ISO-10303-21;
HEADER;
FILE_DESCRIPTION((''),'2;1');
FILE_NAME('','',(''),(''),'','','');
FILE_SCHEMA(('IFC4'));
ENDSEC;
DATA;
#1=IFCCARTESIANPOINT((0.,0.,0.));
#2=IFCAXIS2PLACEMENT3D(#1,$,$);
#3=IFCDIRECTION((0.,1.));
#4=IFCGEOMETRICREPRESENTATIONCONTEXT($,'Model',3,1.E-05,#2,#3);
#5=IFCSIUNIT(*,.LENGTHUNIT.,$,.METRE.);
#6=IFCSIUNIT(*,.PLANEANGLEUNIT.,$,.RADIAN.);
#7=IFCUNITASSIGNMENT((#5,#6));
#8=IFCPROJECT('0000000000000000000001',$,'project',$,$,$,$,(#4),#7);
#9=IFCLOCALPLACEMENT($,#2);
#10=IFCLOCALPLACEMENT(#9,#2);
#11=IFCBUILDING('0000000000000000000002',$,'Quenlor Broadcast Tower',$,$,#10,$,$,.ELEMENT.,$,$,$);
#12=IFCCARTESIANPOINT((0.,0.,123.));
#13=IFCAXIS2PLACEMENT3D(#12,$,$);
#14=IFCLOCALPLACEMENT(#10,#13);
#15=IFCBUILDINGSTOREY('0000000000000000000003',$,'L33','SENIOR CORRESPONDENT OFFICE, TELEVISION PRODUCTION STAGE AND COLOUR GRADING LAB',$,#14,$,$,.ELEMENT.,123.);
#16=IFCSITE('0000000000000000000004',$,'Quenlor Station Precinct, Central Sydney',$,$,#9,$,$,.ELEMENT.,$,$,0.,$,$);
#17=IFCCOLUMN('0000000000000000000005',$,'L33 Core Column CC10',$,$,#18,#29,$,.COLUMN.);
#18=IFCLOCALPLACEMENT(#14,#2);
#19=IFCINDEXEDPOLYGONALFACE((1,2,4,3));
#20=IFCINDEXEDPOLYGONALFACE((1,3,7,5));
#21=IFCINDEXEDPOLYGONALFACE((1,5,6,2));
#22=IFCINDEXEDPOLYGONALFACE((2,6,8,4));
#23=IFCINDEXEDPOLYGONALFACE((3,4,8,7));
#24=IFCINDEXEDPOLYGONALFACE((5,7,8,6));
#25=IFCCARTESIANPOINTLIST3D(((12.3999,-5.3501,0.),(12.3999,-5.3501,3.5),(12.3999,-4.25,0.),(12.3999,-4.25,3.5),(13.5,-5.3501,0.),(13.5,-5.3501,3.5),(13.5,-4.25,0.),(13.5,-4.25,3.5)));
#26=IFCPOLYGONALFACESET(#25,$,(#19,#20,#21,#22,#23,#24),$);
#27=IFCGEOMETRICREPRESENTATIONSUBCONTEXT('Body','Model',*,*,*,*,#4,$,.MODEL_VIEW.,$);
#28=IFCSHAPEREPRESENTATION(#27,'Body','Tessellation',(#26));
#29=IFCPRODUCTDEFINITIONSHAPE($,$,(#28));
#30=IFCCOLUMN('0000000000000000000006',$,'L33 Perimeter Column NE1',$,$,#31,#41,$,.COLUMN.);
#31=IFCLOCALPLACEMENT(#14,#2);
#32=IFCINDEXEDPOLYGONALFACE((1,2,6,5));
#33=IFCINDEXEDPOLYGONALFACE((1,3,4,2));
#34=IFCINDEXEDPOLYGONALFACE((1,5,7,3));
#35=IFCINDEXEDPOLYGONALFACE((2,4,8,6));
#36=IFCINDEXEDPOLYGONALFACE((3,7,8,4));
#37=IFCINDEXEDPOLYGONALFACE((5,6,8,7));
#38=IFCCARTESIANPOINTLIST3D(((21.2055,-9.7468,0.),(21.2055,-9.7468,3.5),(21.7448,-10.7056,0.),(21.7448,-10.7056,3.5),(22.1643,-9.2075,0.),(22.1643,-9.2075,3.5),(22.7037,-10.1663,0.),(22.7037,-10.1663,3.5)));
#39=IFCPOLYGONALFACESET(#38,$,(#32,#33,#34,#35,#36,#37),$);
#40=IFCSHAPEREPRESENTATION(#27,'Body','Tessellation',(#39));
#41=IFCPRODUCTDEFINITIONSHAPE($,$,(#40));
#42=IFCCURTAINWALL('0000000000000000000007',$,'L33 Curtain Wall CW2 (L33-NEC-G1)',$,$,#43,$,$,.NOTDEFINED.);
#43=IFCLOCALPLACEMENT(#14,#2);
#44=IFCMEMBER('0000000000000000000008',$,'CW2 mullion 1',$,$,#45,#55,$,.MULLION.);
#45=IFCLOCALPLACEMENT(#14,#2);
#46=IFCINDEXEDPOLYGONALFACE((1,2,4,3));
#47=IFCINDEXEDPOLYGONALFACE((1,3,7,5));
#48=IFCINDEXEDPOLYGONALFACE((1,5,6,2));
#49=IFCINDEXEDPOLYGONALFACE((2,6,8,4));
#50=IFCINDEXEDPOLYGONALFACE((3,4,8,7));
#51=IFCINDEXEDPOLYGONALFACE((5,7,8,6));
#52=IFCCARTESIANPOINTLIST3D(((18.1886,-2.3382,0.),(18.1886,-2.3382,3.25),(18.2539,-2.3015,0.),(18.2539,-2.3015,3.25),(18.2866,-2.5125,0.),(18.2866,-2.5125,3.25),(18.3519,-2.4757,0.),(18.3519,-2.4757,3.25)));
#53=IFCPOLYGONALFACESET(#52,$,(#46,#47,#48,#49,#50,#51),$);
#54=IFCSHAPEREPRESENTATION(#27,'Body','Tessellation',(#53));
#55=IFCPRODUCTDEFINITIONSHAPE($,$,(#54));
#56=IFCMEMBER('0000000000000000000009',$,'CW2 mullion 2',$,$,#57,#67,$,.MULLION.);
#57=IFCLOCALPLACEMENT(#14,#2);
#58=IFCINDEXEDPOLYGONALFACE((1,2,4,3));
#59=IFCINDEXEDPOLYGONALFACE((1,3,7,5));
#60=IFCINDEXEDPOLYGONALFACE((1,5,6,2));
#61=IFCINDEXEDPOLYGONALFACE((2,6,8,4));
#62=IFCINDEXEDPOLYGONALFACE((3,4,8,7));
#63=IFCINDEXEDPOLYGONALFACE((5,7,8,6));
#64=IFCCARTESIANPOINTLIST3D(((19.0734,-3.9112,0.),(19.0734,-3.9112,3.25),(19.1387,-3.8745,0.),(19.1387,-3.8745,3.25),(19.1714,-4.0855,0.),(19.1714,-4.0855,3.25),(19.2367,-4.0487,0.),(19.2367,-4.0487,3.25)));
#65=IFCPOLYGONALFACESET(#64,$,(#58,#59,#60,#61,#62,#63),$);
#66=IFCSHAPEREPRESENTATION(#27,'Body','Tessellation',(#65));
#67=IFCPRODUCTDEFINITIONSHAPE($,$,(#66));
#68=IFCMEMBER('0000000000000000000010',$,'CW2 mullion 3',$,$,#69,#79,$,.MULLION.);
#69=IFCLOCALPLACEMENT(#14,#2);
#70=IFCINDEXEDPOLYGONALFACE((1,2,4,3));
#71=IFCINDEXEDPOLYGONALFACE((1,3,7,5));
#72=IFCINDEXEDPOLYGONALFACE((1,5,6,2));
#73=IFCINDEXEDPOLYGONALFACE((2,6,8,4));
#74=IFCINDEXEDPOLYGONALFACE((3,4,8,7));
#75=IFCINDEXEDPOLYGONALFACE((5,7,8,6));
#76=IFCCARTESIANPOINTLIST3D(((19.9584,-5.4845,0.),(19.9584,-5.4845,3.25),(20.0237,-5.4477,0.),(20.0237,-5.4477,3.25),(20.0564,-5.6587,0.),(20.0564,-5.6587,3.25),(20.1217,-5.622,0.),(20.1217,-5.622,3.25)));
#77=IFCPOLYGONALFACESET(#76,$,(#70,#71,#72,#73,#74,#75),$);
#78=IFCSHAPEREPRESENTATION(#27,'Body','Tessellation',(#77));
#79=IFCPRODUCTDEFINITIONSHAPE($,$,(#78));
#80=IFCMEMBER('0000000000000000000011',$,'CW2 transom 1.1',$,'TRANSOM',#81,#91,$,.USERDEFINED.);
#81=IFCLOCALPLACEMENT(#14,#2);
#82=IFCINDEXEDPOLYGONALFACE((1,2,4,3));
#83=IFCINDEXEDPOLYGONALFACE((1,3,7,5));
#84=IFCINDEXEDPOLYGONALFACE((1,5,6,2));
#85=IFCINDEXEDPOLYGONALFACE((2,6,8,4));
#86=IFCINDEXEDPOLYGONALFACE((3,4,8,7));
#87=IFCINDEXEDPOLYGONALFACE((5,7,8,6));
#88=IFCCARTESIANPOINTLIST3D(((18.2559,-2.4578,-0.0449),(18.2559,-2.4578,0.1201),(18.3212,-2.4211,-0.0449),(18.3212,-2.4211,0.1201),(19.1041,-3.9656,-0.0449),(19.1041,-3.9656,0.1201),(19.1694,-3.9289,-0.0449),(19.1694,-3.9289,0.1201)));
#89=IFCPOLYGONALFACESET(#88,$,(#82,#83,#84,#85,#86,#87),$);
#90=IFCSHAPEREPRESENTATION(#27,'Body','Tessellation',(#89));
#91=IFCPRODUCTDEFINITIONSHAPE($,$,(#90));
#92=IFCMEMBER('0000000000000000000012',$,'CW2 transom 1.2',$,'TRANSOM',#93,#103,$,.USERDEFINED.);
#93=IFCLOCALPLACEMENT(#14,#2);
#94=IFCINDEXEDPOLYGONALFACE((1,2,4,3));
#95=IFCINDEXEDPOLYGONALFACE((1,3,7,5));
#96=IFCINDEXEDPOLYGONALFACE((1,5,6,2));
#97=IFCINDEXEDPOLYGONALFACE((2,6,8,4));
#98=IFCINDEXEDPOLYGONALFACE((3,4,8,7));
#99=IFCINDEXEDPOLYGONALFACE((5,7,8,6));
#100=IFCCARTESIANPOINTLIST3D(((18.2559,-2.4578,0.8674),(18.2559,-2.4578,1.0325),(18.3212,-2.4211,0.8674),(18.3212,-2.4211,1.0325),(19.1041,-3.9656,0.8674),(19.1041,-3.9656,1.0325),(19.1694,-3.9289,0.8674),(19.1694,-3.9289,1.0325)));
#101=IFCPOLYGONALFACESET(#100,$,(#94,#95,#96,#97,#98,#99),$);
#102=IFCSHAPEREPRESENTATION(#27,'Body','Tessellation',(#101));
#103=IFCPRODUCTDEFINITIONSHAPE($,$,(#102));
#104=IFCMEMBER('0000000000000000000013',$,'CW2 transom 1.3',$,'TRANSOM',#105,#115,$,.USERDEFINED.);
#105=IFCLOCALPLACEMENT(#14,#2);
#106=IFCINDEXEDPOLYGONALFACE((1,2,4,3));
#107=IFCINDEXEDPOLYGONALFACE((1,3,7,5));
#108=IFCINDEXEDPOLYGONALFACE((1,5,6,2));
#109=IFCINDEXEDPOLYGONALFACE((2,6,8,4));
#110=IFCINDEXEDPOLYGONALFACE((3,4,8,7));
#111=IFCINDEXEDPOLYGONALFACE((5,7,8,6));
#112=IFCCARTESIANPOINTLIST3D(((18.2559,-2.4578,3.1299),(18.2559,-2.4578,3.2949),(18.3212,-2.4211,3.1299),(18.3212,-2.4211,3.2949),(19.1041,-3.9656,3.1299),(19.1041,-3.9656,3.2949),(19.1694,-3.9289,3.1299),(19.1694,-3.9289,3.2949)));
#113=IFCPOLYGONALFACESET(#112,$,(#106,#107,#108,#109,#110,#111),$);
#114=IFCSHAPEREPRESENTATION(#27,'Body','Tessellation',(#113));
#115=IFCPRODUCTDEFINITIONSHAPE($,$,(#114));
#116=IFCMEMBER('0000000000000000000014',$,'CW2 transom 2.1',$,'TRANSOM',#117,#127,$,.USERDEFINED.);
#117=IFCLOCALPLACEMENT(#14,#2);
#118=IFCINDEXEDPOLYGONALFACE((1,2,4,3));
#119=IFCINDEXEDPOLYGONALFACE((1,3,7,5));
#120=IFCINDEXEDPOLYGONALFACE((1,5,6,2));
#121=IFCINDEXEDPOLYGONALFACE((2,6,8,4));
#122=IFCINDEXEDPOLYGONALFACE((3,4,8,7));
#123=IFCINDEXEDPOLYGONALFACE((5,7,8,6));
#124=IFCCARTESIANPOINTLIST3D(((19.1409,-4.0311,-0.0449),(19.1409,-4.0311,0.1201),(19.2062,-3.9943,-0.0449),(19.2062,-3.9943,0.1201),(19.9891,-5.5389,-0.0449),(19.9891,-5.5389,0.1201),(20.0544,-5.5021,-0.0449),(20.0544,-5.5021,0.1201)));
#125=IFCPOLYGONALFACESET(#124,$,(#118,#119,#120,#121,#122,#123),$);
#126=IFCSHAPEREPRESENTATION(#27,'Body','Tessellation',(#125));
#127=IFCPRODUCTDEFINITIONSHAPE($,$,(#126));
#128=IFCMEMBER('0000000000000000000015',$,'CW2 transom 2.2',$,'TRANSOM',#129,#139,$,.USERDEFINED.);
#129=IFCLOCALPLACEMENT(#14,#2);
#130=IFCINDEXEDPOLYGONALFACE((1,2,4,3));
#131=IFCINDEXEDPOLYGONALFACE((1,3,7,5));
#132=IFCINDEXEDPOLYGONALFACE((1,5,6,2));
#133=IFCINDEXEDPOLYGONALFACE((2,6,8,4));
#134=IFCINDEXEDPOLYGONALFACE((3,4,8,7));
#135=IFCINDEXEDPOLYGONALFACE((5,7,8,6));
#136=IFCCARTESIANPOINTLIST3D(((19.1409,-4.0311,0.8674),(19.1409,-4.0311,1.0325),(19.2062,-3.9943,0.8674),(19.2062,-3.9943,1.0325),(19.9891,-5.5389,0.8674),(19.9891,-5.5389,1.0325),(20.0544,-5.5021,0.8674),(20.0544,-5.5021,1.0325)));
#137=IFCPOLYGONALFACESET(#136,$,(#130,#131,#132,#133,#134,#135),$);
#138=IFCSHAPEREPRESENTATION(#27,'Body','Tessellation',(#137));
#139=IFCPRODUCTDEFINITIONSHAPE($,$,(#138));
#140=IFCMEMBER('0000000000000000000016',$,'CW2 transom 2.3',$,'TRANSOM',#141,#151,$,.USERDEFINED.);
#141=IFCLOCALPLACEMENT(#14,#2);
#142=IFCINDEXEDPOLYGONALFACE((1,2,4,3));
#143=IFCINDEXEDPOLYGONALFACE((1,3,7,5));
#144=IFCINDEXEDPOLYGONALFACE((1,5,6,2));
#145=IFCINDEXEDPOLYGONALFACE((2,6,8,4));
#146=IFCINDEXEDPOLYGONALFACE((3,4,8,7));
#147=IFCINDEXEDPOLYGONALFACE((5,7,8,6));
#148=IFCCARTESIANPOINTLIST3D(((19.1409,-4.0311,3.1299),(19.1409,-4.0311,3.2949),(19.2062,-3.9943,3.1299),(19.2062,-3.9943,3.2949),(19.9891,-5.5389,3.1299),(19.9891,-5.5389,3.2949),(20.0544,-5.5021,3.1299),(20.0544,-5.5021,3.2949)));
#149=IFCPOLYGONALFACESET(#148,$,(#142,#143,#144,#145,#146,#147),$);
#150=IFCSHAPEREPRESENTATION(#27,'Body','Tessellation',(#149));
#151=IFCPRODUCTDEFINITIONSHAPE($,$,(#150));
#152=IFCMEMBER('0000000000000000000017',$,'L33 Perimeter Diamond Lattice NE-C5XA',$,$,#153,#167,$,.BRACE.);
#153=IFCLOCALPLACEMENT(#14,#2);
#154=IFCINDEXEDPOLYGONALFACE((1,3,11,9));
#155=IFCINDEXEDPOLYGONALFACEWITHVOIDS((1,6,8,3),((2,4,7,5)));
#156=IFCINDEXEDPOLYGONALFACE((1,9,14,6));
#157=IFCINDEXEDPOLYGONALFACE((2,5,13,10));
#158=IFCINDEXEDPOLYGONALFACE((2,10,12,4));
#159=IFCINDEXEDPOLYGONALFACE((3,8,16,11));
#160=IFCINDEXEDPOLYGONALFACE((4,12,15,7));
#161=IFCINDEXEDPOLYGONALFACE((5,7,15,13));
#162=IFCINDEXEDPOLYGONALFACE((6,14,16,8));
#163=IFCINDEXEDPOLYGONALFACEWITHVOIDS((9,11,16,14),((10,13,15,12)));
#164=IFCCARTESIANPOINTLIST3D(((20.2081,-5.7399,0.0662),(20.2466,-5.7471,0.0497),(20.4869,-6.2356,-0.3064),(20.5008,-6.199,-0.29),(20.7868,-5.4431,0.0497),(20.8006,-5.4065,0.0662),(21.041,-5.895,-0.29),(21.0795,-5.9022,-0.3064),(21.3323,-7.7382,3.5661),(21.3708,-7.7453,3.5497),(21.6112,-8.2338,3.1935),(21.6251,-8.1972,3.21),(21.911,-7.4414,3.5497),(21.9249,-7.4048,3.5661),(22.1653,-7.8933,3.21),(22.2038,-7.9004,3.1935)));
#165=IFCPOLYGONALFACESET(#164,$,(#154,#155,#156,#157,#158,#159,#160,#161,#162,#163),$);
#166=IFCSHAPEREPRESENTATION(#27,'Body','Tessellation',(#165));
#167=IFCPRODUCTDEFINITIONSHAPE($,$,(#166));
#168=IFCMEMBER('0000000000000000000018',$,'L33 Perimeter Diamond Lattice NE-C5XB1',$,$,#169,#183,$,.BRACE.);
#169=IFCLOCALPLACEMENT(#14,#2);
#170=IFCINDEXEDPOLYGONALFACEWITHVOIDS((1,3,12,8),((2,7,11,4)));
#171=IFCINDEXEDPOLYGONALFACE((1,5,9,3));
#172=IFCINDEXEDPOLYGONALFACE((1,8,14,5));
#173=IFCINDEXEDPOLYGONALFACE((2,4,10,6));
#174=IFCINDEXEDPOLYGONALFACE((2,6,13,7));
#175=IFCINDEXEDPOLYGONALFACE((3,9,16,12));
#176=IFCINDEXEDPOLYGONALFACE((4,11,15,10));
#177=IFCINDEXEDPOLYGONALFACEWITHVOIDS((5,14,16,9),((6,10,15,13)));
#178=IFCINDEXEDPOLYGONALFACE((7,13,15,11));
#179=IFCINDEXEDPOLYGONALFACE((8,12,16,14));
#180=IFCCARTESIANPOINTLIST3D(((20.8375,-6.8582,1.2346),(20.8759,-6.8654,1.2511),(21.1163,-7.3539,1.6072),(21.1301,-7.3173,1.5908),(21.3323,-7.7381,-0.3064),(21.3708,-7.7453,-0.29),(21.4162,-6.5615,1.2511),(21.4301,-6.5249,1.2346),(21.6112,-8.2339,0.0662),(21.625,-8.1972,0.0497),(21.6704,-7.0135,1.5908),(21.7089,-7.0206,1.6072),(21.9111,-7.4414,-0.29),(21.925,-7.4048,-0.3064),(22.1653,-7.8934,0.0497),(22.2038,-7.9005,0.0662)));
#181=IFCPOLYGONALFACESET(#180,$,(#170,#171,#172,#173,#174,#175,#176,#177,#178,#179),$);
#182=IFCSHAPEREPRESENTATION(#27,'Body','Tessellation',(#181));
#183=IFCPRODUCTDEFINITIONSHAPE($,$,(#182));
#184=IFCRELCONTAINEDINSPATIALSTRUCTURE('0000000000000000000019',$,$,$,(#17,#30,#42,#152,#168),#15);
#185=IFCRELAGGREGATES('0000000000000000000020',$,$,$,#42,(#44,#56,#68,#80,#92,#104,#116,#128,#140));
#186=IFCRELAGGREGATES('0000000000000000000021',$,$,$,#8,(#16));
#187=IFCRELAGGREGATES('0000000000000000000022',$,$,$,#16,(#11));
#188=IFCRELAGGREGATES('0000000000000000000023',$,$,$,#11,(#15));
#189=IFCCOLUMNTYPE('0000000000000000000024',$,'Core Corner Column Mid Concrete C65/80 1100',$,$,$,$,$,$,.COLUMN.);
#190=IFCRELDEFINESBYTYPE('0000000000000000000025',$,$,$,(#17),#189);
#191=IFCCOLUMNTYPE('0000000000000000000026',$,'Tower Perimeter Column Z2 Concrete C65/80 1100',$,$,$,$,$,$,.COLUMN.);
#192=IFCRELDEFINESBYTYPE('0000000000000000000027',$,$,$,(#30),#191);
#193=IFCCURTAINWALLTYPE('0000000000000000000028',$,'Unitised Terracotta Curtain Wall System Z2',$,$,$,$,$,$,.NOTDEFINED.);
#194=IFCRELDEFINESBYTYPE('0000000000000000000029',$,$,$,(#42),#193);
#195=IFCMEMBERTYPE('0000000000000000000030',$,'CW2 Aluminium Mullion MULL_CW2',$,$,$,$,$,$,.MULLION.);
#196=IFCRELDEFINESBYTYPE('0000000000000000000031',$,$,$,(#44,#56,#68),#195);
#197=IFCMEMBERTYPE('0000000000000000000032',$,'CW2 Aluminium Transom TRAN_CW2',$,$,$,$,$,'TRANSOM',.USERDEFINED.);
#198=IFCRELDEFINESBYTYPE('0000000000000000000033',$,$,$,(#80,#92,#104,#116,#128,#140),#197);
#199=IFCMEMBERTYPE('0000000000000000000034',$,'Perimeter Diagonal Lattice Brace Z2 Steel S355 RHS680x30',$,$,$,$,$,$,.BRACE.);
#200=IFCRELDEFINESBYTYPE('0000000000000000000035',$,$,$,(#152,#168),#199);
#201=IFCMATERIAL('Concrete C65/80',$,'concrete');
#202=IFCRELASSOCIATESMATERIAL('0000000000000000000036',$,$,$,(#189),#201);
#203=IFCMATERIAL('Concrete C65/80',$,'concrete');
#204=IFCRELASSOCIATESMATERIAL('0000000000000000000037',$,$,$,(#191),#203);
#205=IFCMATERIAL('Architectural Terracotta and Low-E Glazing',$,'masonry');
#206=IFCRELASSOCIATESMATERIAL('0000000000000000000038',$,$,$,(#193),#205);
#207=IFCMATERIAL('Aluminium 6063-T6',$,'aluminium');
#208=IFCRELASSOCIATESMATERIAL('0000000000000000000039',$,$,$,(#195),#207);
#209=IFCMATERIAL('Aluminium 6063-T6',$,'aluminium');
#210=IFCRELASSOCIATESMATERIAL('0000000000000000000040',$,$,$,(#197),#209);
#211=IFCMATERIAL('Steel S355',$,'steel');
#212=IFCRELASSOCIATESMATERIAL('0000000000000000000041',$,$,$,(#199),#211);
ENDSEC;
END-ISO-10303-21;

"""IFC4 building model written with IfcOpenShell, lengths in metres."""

from ifc_helpers import new_model, si_unit, direction, frame, origin, origin_2d, place, context, subcontext, project, spatial, rectangle, hollow_rectangle, extrude, material, material_profile, profile_set, type_object, element, aggregate, save


model = new_model("IFC4")

# Units and contexts
model_context = context("Model", 3, precision=1e-05, world=origin(), true_north=direction((0.0, 1.0)))
body_context = subcontext(model_context, "Body", "Model", "MODEL_VIEW")
ifc_project = project(units=[si_unit("LENGTHUNIT", "METRE"), si_unit("PLANEANGLEUNIT", "RADIAN")], contexts=[model_context])

# Site, building, storey
site_placement = place(None, origin())
site = spatial("IfcSite", under=ifc_project, at=site_placement, Name="Quenlor Station Precinct, Central Sydney", CompositionType="ELEMENT", RefElevation=0.0)
building_placement = place(site_placement, origin())
building = spatial("IfcBuilding", under=site, at=building_placement, Name="Quenlor Broadcast Tower", CompositionType="ELEMENT")
storey_placement = place(building_placement, frame((0.0, 0.0, 123.0)))
storey = spatial("IfcBuildingStorey", under=building, at=storey_placement, Name="L33", Description="SENIOR CORRESPONDENT OFFICE, TELEVISION PRODUCTION STAGE AND COLOUR GRADING LAB", CompositionType="ELEMENT", Elevation=123.0)

# Columns
ifc_material_1 = material(Name="Concrete C65/80", Category="concrete")
ifc_material_profile_1 = material_profile(ifc_material_1, rectangle(XDim=1.1001, YDim=1.1001, at=origin_2d()))
ifc_profile_set_1 = profile_set([ifc_material_profile_1], Name="Concrete C65/80 RC1100x1100")
column_type_1 = type_object("IfcColumnType", Name="Core Corner Column Mid Concrete C65/80 1100", PredefinedType="COLUMN", material=ifc_profile_set_1)
column_1_placement = place(storey_placement, frame((12.95, -4.8, 0.0), z_axis=(0.0, 0.0, 1.0), x_axis=(1.0, 0.0, 0.0)))
element("IfcColumn", 1, at=column_1_placement, inside=storey, type_object=column_type_1, Name="L33 Core Column CC10", PredefinedType="COLUMN", context=body_context, shape_type="SweptSolid", body=[
    extrude(rectangle(XDim=1.1001, YDim=1.1001, at=origin_2d()), origin(), (0.0, 0.0, 1.0), 3.5),
])
ifc_material_2 = material(Name="Concrete C65/80", Category="concrete")
ifc_material_profile_2 = material_profile(ifc_material_2, rectangle(XDim=1.1001, YDim=1.1001, at=origin_2d()))
ifc_profile_set_2 = profile_set([ifc_material_profile_2], Name="Concrete C65/80 RC1100x1100")
column_type_2 = type_object("IfcColumnType", Name="Tower Perimeter Column Z2 Concrete C65/80 1100", PredefinedType="COLUMN", material=ifc_profile_set_2)
column_2_placement = place(storey_placement, frame((21.9546, -9.9565, 0.0), z_axis=(0.0, 0.0, 1.0), x_axis=(0.871575, 0.490262, 0.0)))
element("IfcColumn", 2, at=column_2_placement, inside=storey, type_object=column_type_2, Name="L33 Perimeter Column NE1", PredefinedType="COLUMN", context=body_context, shape_type="SweptSolid", body=[
    extrude(rectangle(XDim=1.1001, YDim=1.1001, at=origin_2d()), origin(), (0.0, 0.0, 1.0), 3.5),
])

# Curtain wall, members
ifc_material_3 = material(Name="Architectural Terracotta and Low-E Glazing", Category="masonry")
curtain_wall_type = type_object("IfcCurtainWallType", Name="Unitised Terracotta Curtain Wall System Z2", PredefinedType="NOTDEFINED", material=ifc_material_3)
curtain_wall_placement = place(storey_placement, origin())
curtain_wall = element("IfcCurtainWall", 3, at=curtain_wall_placement, inside=storey, type_object=curtain_wall_type, Name="L33 Curtain Wall CW2 (L33-NEC-G1)", PredefinedType="NOTDEFINED")
ifc_material_4 = material(Name="Aluminium 6063-T6", Category="aluminium")
ifc_material_profile_3 = material_profile(ifc_material_4, rectangle(XDim=0.075, YDim=0.2, at=origin_2d()))
ifc_profile_set_3 = profile_set([ifc_material_profile_3], Name="Aluminium 6063-T6 MULL75x200")
member_type_1 = type_object("IfcMemberType", Name="CW2 Aluminium Mullion MULL_CW2", PredefinedType="MULLION", material=ifc_profile_set_3)
member_1_placement = place(storey_placement, frame((18.2703, -2.407, 0.0), z_axis=(0.0, 0.0, 1.0), x_axis=(0.871567, 0.490277, 0.0)))
member_1 = element("IfcMember", 4, at=member_1_placement, type_object=member_type_1, Name="CW2 mullion 1", PredefinedType="MULLION", context=body_context, shape_type="SweptSolid", body=[
    extrude(rectangle(XDim=0.075, YDim=0.2, at=origin_2d()), origin(), (0.0, 0.0, 1.0), 3.25),
])
member_2_placement = place(storey_placement, frame((19.155, -3.98, 0.0), z_axis=(0.0, 0.0, 1.0), x_axis=(0.871567, 0.490277, 0.0)))
member_2 = element("IfcMember", 5, at=member_2_placement, type_object=member_type_1, Name="CW2 mullion 2", PredefinedType="MULLION", context=body_context, shape_type="SweptSolid", body=[
    extrude(rectangle(XDim=0.075, YDim=0.2, at=origin_2d()), origin(), (0.0, 0.0, 1.0), 3.25),
])
member_3_placement = place(storey_placement, frame((20.04, -5.5532, 0.0), z_axis=(0.0, 0.0, 1.0), x_axis=(0.871567, 0.490277, 0.0)))
member_3 = element("IfcMember", 6, at=member_3_placement, type_object=member_type_1, Name="CW2 mullion 3", PredefinedType="MULLION", context=body_context, shape_type="SweptSolid", body=[
    extrude(rectangle(XDim=0.075, YDim=0.2, at=origin_2d()), origin(), (0.0, 0.0, 1.0), 3.25),
])
ifc_material_5 = material(Name="Aluminium 6063-T6", Category="aluminium")
ifc_material_profile_4 = material_profile(ifc_material_5, rectangle(XDim=0.075, YDim=0.165, at=origin_2d()))
ifc_profile_set_4 = profile_set([ifc_material_profile_4], Name="Aluminium 6063-T6 TRAN75x165")
member_type_2 = type_object("IfcMemberType", Name="CW2 Aluminium Transom TRAN_CW2", ElementType="TRANSOM", PredefinedType="USERDEFINED", material=ifc_profile_set_4)
member_4_placement = place(storey_placement, frame((18.2886, -2.4395, 0.0376), z_axis=(0.490261, -0.871576, 0.0), x_axis=(0.871576, 0.490261, 0.0)))
member_4 = element("IfcMember", 7, at=member_4_placement, type_object=member_type_2, Name="CW2 transom 1.1", ObjectType="TRANSOM", PredefinedType="USERDEFINED", context=body_context, shape_type="SweptSolid", body=[
    extrude(rectangle(XDim=0.075, YDim=0.165, at=origin_2d()), origin(), (0.0, 0.0, 1.0), 1.73),
])
member_5_placement = place(storey_placement, frame((18.2886, -2.4395, 0.95), z_axis=(0.490261, -0.871576, 0.0), x_axis=(0.871576, 0.490261, 0.0)))
member_5 = element("IfcMember", 8, at=member_5_placement, type_object=member_type_2, Name="CW2 transom 1.2", ObjectType="TRANSOM", PredefinedType="USERDEFINED", context=body_context, shape_type="SweptSolid", body=[
    extrude(rectangle(XDim=0.075, YDim=0.165, at=origin_2d()), origin(), (0.0, 0.0, 1.0), 1.73),
])
member_6_placement = place(storey_placement, frame((18.2886, -2.4395, 3.2124), z_axis=(0.490261, -0.871576, 0.0), x_axis=(0.871576, 0.490261, 0.0)))
member_6 = element("IfcMember", 9, at=member_6_placement, type_object=member_type_2, Name="CW2 transom 1.3", ObjectType="TRANSOM", PredefinedType="USERDEFINED", context=body_context, shape_type="SweptSolid", body=[
    extrude(rectangle(XDim=0.075, YDim=0.165, at=origin_2d()), origin(), (0.0, 0.0, 1.0), 1.73),
])
member_7_placement = place(storey_placement, frame((19.1736, -4.0127, 0.0376), z_axis=(0.490261, -0.871576, 0.0), x_axis=(0.871576, 0.490261, 0.0)))
member_7 = element("IfcMember", 10, at=member_7_placement, type_object=member_type_2, Name="CW2 transom 2.1", ObjectType="TRANSOM", PredefinedType="USERDEFINED", context=body_context, shape_type="SweptSolid", body=[
    extrude(rectangle(XDim=0.075, YDim=0.165, at=origin_2d()), origin(), (0.0, 0.0, 1.0), 1.73),
])
member_8_placement = place(storey_placement, frame((19.1736, -4.0127, 0.95), z_axis=(0.490261, -0.871576, 0.0), x_axis=(0.871576, 0.490261, 0.0)))
member_8 = element("IfcMember", 11, at=member_8_placement, type_object=member_type_2, Name="CW2 transom 2.2", ObjectType="TRANSOM", PredefinedType="USERDEFINED", context=body_context, shape_type="SweptSolid", body=[
    extrude(rectangle(XDim=0.075, YDim=0.165, at=origin_2d()), origin(), (0.0, 0.0, 1.0), 1.73),
])
member_9_placement = place(storey_placement, frame((19.1736, -4.0127, 3.2124), z_axis=(0.490261, -0.871576, 0.0), x_axis=(0.871576, 0.490261, 0.0)))
member_9 = element("IfcMember", 12, at=member_9_placement, type_object=member_type_2, Name="CW2 transom 2.3", ObjectType="TRANSOM", PredefinedType="USERDEFINED", context=body_context, shape_type="SweptSolid", body=[
    extrude(rectangle(XDim=0.075, YDim=0.165, at=origin_2d()), origin(), (0.0, 0.0, 1.0), 1.73),
])

# Members
ifc_material_6 = material(Name="Steel S355", Category="steel")
ifc_material_profile_5 = material_profile(ifc_material_6, hollow_rectangle(XDim=0.6799, YDim=0.6799, WallThickness=0.03, at=origin_2d()))
ifc_profile_set_5 = profile_set([ifc_material_profile_5], Name="Steel S355 RHS680x680x30")
member_type_3 = type_object("IfcMemberType", Name="Perimeter Diagonal Lattice Brace Z2 Steel S355 RHS680x30", PredefinedType="BRACE", material=ifc_profile_set_5)
member_10_placement = place(storey_placement, frame((20.6438, -5.821, -0.1201), z_axis=(0.268697, -0.477585, 0.836489), x_axis=(0.871533, 0.490337, 0.0)))
element("IfcMember", 13, at=member_10_placement, inside=storey, type_object=member_type_3, Name="L33 Perimeter Diamond Lattice NE-C5XA", PredefinedType="BRACE", context=body_context, shape_type="SweptSolid", body=[
    extrude(hollow_rectangle(XDim=0.6799, YDim=0.6799, WallThickness=0.03, at=origin_2d()), origin(), (0.0, 0.0, 1.0), 4.1841),
])
member_11_placement = place(storey_placement, frame((21.7681, -7.8193, -0.1201), z_axis=(-0.268627, 0.477618, 0.836493), x_axis=(-0.871601, -0.490215, 0.0)))
element("IfcMember", 14, at=member_11_placement, inside=storey, type_object=member_type_3, Name="L33 Perimeter Diamond Lattice NE-C5XB1", PredefinedType="BRACE", context=body_context, shape_type="SweptSolid", body=[
    extrude(hollow_rectangle(XDim=0.6799, YDim=0.6799, WallThickness=0.03, at=origin_2d()), origin(), (0.0, 0.0, 1.0), 1.8423),
])

aggregate(curtain_wall, [member_1, member_2, member_3, member_4, member_5, member_6, member_7, member_8, member_9])

save(model, "model.ifc")
